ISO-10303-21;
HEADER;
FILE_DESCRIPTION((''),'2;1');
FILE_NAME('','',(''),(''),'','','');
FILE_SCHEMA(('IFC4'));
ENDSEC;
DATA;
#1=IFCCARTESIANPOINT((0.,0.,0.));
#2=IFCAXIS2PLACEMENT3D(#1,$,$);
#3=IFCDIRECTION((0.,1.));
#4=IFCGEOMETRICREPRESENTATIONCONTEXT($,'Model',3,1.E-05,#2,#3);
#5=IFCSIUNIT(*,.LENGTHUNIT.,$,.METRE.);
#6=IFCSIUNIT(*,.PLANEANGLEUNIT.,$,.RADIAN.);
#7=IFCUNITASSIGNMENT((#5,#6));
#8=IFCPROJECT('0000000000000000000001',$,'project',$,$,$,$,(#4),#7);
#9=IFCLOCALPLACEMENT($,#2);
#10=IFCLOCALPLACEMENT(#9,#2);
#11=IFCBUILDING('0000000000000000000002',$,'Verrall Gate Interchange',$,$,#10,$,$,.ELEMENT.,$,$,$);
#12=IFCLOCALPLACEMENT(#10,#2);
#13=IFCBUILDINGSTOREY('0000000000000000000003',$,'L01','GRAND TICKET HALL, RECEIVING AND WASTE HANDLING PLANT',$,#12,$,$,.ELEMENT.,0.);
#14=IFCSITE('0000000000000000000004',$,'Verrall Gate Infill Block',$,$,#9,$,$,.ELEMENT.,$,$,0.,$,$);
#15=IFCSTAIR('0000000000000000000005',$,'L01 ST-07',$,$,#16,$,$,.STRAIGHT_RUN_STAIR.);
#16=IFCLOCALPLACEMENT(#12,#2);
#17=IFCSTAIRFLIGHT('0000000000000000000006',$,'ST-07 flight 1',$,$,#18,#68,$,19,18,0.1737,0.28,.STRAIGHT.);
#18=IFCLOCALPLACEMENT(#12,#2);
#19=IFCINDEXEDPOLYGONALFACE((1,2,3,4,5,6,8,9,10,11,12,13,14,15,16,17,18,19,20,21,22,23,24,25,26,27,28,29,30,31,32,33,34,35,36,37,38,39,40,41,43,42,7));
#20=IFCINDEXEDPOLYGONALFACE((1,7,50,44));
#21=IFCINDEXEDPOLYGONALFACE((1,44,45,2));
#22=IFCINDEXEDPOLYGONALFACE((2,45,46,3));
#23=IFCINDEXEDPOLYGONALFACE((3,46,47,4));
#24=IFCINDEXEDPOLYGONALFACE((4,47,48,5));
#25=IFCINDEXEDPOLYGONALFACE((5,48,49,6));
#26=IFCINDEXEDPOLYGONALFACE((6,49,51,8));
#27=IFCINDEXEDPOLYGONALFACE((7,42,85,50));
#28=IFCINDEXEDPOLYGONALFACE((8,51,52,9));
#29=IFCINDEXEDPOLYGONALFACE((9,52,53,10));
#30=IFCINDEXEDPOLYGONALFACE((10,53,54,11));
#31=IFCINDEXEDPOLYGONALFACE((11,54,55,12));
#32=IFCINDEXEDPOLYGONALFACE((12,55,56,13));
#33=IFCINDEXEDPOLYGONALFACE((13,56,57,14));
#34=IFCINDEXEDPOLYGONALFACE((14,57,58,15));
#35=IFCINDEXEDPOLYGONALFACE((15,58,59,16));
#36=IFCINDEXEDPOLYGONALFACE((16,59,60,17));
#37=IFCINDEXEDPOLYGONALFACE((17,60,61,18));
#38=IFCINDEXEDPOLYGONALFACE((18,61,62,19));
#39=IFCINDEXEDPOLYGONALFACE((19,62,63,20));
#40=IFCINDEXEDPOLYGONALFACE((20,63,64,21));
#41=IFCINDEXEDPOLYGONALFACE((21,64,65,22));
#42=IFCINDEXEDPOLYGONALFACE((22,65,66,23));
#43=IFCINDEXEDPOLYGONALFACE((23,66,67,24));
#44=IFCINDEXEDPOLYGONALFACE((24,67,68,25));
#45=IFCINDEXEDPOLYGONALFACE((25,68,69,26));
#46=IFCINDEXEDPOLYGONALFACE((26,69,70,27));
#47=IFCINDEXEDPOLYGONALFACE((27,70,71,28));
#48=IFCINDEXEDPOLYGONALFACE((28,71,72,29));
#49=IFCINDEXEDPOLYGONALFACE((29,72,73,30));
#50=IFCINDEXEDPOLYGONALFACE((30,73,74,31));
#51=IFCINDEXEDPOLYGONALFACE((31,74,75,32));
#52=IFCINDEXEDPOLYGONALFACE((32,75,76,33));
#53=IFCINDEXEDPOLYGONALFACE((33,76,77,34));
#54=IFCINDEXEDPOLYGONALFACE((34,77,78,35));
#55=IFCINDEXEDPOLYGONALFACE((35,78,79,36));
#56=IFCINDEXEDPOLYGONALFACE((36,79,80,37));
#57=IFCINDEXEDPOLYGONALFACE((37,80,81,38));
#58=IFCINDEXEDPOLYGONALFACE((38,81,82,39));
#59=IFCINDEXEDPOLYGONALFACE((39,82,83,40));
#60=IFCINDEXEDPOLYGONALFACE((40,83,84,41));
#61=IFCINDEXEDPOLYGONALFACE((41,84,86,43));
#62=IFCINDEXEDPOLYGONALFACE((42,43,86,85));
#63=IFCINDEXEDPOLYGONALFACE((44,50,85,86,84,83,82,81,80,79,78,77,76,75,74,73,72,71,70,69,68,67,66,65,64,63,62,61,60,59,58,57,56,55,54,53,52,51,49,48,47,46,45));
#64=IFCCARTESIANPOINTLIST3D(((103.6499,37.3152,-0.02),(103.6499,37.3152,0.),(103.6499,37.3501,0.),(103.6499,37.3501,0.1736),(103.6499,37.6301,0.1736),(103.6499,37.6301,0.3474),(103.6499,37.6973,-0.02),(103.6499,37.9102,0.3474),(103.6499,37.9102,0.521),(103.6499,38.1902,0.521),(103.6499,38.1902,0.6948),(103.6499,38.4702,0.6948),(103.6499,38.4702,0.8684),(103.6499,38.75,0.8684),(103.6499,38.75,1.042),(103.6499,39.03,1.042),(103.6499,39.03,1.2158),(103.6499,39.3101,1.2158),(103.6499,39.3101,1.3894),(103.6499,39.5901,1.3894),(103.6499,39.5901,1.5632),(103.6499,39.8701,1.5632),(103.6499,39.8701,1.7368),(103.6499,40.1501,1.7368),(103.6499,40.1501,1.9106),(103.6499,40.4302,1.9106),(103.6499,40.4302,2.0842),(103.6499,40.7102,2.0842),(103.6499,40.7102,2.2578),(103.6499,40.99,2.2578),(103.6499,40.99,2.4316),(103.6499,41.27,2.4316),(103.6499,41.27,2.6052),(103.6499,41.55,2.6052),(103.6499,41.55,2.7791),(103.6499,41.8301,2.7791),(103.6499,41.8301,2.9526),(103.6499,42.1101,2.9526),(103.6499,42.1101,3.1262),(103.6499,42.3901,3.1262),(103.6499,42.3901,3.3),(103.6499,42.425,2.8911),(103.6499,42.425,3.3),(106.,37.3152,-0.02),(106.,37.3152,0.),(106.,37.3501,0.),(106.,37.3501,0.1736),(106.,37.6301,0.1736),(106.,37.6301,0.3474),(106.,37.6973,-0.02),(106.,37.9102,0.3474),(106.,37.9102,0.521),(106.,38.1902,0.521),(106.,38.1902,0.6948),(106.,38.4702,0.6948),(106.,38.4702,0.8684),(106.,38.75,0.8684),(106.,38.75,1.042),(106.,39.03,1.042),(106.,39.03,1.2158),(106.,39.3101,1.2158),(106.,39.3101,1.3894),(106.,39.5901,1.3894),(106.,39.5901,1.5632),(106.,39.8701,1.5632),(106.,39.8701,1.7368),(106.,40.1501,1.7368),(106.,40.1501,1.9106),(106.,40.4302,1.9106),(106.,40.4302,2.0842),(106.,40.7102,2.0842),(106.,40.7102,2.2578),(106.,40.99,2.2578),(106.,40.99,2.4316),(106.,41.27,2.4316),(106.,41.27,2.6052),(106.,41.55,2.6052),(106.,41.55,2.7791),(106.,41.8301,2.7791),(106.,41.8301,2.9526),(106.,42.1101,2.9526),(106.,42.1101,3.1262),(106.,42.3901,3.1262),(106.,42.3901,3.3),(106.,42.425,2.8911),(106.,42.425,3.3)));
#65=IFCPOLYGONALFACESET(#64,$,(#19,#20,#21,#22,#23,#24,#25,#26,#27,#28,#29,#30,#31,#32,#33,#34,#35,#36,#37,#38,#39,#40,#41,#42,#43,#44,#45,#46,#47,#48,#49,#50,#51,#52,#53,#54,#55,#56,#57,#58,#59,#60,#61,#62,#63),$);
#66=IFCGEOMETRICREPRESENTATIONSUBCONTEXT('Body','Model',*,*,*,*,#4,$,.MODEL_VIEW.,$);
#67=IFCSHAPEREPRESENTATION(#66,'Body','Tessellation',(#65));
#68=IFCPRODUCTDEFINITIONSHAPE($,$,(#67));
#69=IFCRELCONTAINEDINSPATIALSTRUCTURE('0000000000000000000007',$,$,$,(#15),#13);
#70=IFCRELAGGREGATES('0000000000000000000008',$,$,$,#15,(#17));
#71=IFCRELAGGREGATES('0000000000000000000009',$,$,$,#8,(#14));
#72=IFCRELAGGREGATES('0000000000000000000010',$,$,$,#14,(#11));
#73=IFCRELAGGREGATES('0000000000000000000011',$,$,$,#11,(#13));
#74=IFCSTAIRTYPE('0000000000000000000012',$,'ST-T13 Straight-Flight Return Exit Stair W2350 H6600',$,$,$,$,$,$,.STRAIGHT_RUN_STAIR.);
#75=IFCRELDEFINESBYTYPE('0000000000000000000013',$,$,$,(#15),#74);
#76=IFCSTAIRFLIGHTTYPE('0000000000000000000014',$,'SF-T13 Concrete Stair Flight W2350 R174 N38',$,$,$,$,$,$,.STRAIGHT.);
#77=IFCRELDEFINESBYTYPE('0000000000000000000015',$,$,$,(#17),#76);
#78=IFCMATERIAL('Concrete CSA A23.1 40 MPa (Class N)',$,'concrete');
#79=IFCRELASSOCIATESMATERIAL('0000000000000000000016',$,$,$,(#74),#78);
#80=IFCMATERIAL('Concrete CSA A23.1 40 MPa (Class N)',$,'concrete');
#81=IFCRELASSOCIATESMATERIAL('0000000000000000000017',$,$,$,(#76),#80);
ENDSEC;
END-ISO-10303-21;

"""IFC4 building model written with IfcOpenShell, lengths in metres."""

from ifc_helpers import new_model, si_unit, direction, frame, origin, place, context, subcontext, project, spatial, polyline, outline, extrude, material, type_object, element, aggregate, save


model = new_model("IFC4")

# Units and contexts
model_context = context("Model", 3, precision=1e-05, world=origin(), true_north=direction((0.0, 1.0)))
body_context = subcontext(model_context, "Body", "Model", "MODEL_VIEW")
ifc_project = project(units=[si_unit("LENGTHUNIT", "METRE"), si_unit("PLANEANGLEUNIT", "RADIAN")], contexts=[model_context])

# Site, building, storey
site_placement = place(None, origin())
site = spatial("IfcSite", under=ifc_project, at=site_placement, Name="Verrall Gate Infill Block", CompositionType="ELEMENT", RefElevation=0.0)
building_placement = place(site_placement, origin())
building = spatial("IfcBuilding", under=site, at=building_placement, Name="Verrall Gate Interchange", CompositionType="ELEMENT")
storey_placement = place(building_placement, origin())
storey = spatial("IfcBuildingStorey", under=building, at=storey_placement, Name="L01", Description="GRAND TICKET HALL, RECEIVING AND WASTE HANDLING PLANT", CompositionType="ELEMENT", Elevation=0.0)

# Stair, stair flight
ifc_material_1 = material(Name="Concrete CSA A23.1 40 MPa (Class N)", Category="concrete")
stair_type = type_object("IfcStairType", Name="ST-T13 Straight-Flight Return Exit Stair W2350 H6600", PredefinedType="STRAIGHT_RUN_STAIR", material=ifc_material_1)
stair_placement = place(storey_placement, origin())
stair = element("IfcStair", 1, at=stair_placement, inside=storey, type_object=stair_type, Name="L01 ST-07", PredefinedType="STRAIGHT_RUN_STAIR")
ifc_material_2 = material(Name="Concrete CSA A23.1 40 MPa (Class N)", Category="concrete")
stair_flight_type = type_object("IfcStairFlightType", Name="SF-T13 Concrete Stair Flight W2350 R174 N38", PredefinedType="STRAIGHT", material=ifc_material_2)
stair_flight_placement = place(storey_placement, frame((104.825, 37.3501, 0.0), z_axis=(0.0, 0.0, 1.0), x_axis=(0.0, 1.0, 0.0)))
stair_flight = element("IfcStairFlight", 2, at=stair_flight_placement, type_object=stair_flight_type, Name="ST-07 flight 1", NumberOfRisers=19, NumberOfTreads=18, PredefinedType="STRAIGHT", RiserHeight=0.1737, TreadLength=0.28, context=body_context, shape_type="SweptSolid", body=[
    extrude(outline(polyline([(-0.0349, -0.02), (-0.0349, 0.0), (0.0, 0.0), (0.0, 0.1736), (0.28, 0.1736), (0.28, 0.3474), (0.5601, 0.3474), (0.5601, 0.521), (0.8401, 0.521), (0.8401, 0.6948), (1.1201, 0.6948), (1.1201, 0.8684), (1.3999, 0.8684), (1.3999, 1.042), (1.6799, 1.042), (1.6799, 1.2158), (1.96, 1.2158), (1.96, 1.3894), (2.24, 1.3894), (2.24, 1.5632), (2.52, 1.5632), (2.52, 1.7368), (2.8, 1.7368), (2.8, 1.9106), (3.0801, 1.9106), (3.0801, 2.0842), (3.3601, 2.0842), (3.3601, 2.2578), (3.6399, 2.2578), (3.6399, 2.4316), (3.9199, 2.4316), (3.9199, 2.6052), (4.2, 2.6052), (4.2, 2.7791), (4.48, 2.7791), (4.48, 2.9526), (4.76, 2.9526), (4.76, 3.1262), (5.04, 3.1262), (5.04, 3.3), (5.075, 3.3), (5.075, 2.8911), (0.3472, -0.02), (-0.0349, -0.02)])), frame((0.0, 1.175, 0.0), z_axis=(0.0, -1.0, 0.0), x_axis=(1.0, 0.0, 0.0)), (0.0, 0.0, 1.0), 2.3501),
])
aggregate(stair, [stair_flight])

save(model, "model.ifc")
